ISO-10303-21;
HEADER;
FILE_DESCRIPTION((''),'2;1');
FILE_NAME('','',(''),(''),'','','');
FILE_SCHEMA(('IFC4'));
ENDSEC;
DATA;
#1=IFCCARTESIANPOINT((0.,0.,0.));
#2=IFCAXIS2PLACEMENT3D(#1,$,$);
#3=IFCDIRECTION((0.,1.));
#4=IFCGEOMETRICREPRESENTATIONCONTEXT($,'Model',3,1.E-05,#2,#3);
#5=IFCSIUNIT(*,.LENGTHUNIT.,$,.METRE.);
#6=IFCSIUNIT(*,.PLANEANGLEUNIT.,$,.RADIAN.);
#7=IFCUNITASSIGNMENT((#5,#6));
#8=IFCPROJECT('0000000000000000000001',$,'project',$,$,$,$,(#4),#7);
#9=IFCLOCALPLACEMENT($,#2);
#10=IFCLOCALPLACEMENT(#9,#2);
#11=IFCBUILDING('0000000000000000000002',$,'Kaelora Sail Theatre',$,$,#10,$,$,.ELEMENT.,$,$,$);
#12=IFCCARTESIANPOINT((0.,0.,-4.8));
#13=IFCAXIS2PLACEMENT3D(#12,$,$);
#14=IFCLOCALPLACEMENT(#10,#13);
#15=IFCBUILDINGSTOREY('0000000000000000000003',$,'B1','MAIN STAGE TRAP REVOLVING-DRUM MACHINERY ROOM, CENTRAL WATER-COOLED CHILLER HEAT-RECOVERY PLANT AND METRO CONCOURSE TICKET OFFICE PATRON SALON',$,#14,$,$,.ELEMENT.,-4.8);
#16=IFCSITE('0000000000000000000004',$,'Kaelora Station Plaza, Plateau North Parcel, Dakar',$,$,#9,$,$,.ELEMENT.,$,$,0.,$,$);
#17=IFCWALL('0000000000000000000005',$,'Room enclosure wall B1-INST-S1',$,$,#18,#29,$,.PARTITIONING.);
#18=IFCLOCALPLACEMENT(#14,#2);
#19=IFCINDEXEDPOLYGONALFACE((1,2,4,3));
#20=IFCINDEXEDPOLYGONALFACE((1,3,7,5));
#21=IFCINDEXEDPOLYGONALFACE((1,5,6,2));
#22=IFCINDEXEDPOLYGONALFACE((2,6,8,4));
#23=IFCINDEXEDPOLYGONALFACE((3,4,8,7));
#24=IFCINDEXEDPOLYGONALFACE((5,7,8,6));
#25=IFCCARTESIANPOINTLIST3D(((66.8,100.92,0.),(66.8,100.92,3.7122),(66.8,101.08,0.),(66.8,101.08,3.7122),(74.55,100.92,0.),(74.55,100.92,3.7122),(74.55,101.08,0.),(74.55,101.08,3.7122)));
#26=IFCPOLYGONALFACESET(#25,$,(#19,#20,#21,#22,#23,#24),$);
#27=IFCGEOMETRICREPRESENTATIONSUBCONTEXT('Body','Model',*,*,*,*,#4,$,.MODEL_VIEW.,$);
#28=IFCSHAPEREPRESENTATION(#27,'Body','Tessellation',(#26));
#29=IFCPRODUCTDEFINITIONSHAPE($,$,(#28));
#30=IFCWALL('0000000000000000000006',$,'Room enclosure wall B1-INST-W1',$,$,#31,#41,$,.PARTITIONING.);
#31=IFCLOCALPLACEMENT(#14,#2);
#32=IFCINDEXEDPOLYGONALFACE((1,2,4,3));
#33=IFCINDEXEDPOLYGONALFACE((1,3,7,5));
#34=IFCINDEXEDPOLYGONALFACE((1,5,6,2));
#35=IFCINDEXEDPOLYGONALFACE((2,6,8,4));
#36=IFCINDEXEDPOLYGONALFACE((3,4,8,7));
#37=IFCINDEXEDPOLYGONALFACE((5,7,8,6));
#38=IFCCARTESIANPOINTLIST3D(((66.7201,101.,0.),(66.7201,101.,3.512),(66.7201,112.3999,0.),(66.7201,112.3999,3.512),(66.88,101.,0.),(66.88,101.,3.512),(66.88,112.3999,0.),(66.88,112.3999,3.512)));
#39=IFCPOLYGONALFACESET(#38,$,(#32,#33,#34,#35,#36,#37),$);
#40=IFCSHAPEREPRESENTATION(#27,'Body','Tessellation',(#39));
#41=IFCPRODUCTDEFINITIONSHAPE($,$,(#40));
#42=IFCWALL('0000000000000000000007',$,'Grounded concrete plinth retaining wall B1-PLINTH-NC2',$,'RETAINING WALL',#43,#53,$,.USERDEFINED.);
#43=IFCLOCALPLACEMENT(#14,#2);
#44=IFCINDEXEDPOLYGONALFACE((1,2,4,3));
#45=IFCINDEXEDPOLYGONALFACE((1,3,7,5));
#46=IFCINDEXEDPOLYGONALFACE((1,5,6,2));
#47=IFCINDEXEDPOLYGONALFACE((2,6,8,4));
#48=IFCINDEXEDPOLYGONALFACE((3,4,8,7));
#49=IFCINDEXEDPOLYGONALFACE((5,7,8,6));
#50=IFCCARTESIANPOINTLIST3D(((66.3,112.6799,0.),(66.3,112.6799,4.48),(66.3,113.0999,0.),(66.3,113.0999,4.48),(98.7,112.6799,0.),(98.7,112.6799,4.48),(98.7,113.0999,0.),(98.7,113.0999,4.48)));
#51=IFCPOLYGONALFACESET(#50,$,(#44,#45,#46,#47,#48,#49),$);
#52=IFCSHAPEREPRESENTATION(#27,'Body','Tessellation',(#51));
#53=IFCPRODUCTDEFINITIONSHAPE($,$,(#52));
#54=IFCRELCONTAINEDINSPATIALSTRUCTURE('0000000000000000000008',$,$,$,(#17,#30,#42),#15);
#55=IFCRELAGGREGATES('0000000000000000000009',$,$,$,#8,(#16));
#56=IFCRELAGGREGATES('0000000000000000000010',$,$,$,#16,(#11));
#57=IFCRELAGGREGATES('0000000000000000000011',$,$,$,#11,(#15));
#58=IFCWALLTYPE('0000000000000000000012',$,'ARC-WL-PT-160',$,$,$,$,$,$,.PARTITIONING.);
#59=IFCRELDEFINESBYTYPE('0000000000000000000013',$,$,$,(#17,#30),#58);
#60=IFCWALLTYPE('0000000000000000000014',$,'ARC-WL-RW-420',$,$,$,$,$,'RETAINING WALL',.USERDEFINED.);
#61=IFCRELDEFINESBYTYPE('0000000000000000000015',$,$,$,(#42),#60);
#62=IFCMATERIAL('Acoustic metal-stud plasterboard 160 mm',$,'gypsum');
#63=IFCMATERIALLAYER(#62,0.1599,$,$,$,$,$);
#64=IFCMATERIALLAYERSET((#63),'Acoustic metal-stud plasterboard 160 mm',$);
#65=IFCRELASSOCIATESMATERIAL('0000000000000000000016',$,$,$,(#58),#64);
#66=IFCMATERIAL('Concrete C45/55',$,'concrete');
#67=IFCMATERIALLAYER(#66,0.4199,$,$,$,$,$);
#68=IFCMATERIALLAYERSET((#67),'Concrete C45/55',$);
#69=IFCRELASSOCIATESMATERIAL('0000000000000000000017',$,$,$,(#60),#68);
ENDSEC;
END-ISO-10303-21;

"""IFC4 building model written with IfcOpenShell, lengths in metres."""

from ifc_helpers import new_model, si_unit, direction, frame, frame_2d, origin, place, context, subcontext, project, spatial, rectangle, extrude, material, layer, layer_set, type_object, element, save


model = new_model("IFC4")

# Units and contexts
model_context = context("Model", 3, precision=1e-05, world=origin(), true_north=direction((0.0, 1.0)))
body_context = subcontext(model_context, "Body", "Model", "MODEL_VIEW")
ifc_project = project(units=[si_unit("LENGTHUNIT", "METRE"), si_unit("PLANEANGLEUNIT", "RADIAN")], contexts=[model_context])

# Site, building, storey
site_placement = place(None, origin())
site = spatial("IfcSite", under=ifc_project, at=site_placement, Name="Kaelora Station Plaza, Plateau North Parcel, Dakar", CompositionType="ELEMENT", RefElevation=0.0)
building_placement = place(site_placement, origin())
building = spatial("IfcBuilding", under=site, at=building_placement, Name="Kaelora Sail Theatre", CompositionType="ELEMENT")
storey_placement = place(building_placement, frame((0.0, 0.0, -4.8)))
storey = spatial("IfcBuildingStorey", under=building, at=storey_placement, Name="B1", Description="MAIN STAGE TRAP REVOLVING-DRUM MACHINERY ROOM, CENTRAL WATER-COOLED CHILLER HEAT-RECOVERY PLANT AND METRO CONCOURSE TICKET OFFICE PATRON SALON", CompositionType="ELEMENT", Elevation=-4.8)

# Walls
ifc_material_1 = material(Name="Acoustic metal-stud plasterboard 160 mm", Category="gypsum")
ifc_layer_1 = layer(ifc_material_1, 0.1599)
ifc_layer_set_1 = layer_set([ifc_layer_1], Name="Acoustic metal-stud plasterboard 160 mm")
wall_type_1 = type_object("IfcWallType", Name="ARC-WL-PT-160", PredefinedType="PARTITIONING", material=ifc_layer_set_1)
wall_1_placement = place(storey_placement, frame((66.8, 101.0, 0.0), z_axis=(0.0, 0.0, 1.0), x_axis=(1.0, 0.0, 0.0)))
element("IfcWall", 1, at=wall_1_placement, inside=storey, type_object=wall_type_1, Name="Room enclosure wall B1-INST-S1", PredefinedType="PARTITIONING", context=body_context, shape_type="SweptSolid", body=[
    extrude(rectangle(XDim=7.75, YDim=0.1599, at=frame_2d((3.875, 0.0))), origin(), (0.0, 0.0, 1.0), 3.7122),
])
wall_2_placement = place(storey_placement, frame((66.8, 101.0, 0.0), z_axis=(0.0, 0.0, 1.0), x_axis=(0.0, 1.0, 0.0)))
element("IfcWall", 2, at=wall_2_placement, inside=storey, type_object=wall_type_1, Name="Room enclosure wall B1-INST-W1", PredefinedType="PARTITIONING", context=body_context, shape_type="SweptSolid", body=[
    extrude(rectangle(XDim=11.3999, YDim=0.1599, at=frame_2d((5.7, 0.0))), origin(), (0.0, 0.0, 1.0), 3.512),
])
ifc_material_2 = material(Name="Concrete C45/55", Category="concrete")
ifc_layer_2 = layer(ifc_material_2, 0.4199)
ifc_layer_set_2 = layer_set([ifc_layer_2], Name="Concrete C45/55")
wall_type_2 = type_object("IfcWallType", Name="ARC-WL-RW-420", ElementType="RETAINING WALL", PredefinedType="USERDEFINED", material=ifc_layer_set_2)
wall_3_placement = place(storey_placement, frame((66.3, 112.8899, 0.0), z_axis=(0.0, 0.0, 1.0), x_axis=(1.0, 0.0, 0.0)))
element("IfcWall", 3, at=wall_3_placement, inside=storey, type_object=wall_type_2, Name="Grounded concrete plinth retaining wall B1-PLINTH-NC2", ObjectType="RETAINING WALL", PredefinedType="USERDEFINED", context=body_context, shape_type="SweptSolid", body=[
    extrude(rectangle(XDim=32.3999, YDim=0.4199, at=frame_2d((16.2, 0.0))), origin(), (0.0, 0.0, 1.0), 4.48),
])

save(model, "model.ifc")
